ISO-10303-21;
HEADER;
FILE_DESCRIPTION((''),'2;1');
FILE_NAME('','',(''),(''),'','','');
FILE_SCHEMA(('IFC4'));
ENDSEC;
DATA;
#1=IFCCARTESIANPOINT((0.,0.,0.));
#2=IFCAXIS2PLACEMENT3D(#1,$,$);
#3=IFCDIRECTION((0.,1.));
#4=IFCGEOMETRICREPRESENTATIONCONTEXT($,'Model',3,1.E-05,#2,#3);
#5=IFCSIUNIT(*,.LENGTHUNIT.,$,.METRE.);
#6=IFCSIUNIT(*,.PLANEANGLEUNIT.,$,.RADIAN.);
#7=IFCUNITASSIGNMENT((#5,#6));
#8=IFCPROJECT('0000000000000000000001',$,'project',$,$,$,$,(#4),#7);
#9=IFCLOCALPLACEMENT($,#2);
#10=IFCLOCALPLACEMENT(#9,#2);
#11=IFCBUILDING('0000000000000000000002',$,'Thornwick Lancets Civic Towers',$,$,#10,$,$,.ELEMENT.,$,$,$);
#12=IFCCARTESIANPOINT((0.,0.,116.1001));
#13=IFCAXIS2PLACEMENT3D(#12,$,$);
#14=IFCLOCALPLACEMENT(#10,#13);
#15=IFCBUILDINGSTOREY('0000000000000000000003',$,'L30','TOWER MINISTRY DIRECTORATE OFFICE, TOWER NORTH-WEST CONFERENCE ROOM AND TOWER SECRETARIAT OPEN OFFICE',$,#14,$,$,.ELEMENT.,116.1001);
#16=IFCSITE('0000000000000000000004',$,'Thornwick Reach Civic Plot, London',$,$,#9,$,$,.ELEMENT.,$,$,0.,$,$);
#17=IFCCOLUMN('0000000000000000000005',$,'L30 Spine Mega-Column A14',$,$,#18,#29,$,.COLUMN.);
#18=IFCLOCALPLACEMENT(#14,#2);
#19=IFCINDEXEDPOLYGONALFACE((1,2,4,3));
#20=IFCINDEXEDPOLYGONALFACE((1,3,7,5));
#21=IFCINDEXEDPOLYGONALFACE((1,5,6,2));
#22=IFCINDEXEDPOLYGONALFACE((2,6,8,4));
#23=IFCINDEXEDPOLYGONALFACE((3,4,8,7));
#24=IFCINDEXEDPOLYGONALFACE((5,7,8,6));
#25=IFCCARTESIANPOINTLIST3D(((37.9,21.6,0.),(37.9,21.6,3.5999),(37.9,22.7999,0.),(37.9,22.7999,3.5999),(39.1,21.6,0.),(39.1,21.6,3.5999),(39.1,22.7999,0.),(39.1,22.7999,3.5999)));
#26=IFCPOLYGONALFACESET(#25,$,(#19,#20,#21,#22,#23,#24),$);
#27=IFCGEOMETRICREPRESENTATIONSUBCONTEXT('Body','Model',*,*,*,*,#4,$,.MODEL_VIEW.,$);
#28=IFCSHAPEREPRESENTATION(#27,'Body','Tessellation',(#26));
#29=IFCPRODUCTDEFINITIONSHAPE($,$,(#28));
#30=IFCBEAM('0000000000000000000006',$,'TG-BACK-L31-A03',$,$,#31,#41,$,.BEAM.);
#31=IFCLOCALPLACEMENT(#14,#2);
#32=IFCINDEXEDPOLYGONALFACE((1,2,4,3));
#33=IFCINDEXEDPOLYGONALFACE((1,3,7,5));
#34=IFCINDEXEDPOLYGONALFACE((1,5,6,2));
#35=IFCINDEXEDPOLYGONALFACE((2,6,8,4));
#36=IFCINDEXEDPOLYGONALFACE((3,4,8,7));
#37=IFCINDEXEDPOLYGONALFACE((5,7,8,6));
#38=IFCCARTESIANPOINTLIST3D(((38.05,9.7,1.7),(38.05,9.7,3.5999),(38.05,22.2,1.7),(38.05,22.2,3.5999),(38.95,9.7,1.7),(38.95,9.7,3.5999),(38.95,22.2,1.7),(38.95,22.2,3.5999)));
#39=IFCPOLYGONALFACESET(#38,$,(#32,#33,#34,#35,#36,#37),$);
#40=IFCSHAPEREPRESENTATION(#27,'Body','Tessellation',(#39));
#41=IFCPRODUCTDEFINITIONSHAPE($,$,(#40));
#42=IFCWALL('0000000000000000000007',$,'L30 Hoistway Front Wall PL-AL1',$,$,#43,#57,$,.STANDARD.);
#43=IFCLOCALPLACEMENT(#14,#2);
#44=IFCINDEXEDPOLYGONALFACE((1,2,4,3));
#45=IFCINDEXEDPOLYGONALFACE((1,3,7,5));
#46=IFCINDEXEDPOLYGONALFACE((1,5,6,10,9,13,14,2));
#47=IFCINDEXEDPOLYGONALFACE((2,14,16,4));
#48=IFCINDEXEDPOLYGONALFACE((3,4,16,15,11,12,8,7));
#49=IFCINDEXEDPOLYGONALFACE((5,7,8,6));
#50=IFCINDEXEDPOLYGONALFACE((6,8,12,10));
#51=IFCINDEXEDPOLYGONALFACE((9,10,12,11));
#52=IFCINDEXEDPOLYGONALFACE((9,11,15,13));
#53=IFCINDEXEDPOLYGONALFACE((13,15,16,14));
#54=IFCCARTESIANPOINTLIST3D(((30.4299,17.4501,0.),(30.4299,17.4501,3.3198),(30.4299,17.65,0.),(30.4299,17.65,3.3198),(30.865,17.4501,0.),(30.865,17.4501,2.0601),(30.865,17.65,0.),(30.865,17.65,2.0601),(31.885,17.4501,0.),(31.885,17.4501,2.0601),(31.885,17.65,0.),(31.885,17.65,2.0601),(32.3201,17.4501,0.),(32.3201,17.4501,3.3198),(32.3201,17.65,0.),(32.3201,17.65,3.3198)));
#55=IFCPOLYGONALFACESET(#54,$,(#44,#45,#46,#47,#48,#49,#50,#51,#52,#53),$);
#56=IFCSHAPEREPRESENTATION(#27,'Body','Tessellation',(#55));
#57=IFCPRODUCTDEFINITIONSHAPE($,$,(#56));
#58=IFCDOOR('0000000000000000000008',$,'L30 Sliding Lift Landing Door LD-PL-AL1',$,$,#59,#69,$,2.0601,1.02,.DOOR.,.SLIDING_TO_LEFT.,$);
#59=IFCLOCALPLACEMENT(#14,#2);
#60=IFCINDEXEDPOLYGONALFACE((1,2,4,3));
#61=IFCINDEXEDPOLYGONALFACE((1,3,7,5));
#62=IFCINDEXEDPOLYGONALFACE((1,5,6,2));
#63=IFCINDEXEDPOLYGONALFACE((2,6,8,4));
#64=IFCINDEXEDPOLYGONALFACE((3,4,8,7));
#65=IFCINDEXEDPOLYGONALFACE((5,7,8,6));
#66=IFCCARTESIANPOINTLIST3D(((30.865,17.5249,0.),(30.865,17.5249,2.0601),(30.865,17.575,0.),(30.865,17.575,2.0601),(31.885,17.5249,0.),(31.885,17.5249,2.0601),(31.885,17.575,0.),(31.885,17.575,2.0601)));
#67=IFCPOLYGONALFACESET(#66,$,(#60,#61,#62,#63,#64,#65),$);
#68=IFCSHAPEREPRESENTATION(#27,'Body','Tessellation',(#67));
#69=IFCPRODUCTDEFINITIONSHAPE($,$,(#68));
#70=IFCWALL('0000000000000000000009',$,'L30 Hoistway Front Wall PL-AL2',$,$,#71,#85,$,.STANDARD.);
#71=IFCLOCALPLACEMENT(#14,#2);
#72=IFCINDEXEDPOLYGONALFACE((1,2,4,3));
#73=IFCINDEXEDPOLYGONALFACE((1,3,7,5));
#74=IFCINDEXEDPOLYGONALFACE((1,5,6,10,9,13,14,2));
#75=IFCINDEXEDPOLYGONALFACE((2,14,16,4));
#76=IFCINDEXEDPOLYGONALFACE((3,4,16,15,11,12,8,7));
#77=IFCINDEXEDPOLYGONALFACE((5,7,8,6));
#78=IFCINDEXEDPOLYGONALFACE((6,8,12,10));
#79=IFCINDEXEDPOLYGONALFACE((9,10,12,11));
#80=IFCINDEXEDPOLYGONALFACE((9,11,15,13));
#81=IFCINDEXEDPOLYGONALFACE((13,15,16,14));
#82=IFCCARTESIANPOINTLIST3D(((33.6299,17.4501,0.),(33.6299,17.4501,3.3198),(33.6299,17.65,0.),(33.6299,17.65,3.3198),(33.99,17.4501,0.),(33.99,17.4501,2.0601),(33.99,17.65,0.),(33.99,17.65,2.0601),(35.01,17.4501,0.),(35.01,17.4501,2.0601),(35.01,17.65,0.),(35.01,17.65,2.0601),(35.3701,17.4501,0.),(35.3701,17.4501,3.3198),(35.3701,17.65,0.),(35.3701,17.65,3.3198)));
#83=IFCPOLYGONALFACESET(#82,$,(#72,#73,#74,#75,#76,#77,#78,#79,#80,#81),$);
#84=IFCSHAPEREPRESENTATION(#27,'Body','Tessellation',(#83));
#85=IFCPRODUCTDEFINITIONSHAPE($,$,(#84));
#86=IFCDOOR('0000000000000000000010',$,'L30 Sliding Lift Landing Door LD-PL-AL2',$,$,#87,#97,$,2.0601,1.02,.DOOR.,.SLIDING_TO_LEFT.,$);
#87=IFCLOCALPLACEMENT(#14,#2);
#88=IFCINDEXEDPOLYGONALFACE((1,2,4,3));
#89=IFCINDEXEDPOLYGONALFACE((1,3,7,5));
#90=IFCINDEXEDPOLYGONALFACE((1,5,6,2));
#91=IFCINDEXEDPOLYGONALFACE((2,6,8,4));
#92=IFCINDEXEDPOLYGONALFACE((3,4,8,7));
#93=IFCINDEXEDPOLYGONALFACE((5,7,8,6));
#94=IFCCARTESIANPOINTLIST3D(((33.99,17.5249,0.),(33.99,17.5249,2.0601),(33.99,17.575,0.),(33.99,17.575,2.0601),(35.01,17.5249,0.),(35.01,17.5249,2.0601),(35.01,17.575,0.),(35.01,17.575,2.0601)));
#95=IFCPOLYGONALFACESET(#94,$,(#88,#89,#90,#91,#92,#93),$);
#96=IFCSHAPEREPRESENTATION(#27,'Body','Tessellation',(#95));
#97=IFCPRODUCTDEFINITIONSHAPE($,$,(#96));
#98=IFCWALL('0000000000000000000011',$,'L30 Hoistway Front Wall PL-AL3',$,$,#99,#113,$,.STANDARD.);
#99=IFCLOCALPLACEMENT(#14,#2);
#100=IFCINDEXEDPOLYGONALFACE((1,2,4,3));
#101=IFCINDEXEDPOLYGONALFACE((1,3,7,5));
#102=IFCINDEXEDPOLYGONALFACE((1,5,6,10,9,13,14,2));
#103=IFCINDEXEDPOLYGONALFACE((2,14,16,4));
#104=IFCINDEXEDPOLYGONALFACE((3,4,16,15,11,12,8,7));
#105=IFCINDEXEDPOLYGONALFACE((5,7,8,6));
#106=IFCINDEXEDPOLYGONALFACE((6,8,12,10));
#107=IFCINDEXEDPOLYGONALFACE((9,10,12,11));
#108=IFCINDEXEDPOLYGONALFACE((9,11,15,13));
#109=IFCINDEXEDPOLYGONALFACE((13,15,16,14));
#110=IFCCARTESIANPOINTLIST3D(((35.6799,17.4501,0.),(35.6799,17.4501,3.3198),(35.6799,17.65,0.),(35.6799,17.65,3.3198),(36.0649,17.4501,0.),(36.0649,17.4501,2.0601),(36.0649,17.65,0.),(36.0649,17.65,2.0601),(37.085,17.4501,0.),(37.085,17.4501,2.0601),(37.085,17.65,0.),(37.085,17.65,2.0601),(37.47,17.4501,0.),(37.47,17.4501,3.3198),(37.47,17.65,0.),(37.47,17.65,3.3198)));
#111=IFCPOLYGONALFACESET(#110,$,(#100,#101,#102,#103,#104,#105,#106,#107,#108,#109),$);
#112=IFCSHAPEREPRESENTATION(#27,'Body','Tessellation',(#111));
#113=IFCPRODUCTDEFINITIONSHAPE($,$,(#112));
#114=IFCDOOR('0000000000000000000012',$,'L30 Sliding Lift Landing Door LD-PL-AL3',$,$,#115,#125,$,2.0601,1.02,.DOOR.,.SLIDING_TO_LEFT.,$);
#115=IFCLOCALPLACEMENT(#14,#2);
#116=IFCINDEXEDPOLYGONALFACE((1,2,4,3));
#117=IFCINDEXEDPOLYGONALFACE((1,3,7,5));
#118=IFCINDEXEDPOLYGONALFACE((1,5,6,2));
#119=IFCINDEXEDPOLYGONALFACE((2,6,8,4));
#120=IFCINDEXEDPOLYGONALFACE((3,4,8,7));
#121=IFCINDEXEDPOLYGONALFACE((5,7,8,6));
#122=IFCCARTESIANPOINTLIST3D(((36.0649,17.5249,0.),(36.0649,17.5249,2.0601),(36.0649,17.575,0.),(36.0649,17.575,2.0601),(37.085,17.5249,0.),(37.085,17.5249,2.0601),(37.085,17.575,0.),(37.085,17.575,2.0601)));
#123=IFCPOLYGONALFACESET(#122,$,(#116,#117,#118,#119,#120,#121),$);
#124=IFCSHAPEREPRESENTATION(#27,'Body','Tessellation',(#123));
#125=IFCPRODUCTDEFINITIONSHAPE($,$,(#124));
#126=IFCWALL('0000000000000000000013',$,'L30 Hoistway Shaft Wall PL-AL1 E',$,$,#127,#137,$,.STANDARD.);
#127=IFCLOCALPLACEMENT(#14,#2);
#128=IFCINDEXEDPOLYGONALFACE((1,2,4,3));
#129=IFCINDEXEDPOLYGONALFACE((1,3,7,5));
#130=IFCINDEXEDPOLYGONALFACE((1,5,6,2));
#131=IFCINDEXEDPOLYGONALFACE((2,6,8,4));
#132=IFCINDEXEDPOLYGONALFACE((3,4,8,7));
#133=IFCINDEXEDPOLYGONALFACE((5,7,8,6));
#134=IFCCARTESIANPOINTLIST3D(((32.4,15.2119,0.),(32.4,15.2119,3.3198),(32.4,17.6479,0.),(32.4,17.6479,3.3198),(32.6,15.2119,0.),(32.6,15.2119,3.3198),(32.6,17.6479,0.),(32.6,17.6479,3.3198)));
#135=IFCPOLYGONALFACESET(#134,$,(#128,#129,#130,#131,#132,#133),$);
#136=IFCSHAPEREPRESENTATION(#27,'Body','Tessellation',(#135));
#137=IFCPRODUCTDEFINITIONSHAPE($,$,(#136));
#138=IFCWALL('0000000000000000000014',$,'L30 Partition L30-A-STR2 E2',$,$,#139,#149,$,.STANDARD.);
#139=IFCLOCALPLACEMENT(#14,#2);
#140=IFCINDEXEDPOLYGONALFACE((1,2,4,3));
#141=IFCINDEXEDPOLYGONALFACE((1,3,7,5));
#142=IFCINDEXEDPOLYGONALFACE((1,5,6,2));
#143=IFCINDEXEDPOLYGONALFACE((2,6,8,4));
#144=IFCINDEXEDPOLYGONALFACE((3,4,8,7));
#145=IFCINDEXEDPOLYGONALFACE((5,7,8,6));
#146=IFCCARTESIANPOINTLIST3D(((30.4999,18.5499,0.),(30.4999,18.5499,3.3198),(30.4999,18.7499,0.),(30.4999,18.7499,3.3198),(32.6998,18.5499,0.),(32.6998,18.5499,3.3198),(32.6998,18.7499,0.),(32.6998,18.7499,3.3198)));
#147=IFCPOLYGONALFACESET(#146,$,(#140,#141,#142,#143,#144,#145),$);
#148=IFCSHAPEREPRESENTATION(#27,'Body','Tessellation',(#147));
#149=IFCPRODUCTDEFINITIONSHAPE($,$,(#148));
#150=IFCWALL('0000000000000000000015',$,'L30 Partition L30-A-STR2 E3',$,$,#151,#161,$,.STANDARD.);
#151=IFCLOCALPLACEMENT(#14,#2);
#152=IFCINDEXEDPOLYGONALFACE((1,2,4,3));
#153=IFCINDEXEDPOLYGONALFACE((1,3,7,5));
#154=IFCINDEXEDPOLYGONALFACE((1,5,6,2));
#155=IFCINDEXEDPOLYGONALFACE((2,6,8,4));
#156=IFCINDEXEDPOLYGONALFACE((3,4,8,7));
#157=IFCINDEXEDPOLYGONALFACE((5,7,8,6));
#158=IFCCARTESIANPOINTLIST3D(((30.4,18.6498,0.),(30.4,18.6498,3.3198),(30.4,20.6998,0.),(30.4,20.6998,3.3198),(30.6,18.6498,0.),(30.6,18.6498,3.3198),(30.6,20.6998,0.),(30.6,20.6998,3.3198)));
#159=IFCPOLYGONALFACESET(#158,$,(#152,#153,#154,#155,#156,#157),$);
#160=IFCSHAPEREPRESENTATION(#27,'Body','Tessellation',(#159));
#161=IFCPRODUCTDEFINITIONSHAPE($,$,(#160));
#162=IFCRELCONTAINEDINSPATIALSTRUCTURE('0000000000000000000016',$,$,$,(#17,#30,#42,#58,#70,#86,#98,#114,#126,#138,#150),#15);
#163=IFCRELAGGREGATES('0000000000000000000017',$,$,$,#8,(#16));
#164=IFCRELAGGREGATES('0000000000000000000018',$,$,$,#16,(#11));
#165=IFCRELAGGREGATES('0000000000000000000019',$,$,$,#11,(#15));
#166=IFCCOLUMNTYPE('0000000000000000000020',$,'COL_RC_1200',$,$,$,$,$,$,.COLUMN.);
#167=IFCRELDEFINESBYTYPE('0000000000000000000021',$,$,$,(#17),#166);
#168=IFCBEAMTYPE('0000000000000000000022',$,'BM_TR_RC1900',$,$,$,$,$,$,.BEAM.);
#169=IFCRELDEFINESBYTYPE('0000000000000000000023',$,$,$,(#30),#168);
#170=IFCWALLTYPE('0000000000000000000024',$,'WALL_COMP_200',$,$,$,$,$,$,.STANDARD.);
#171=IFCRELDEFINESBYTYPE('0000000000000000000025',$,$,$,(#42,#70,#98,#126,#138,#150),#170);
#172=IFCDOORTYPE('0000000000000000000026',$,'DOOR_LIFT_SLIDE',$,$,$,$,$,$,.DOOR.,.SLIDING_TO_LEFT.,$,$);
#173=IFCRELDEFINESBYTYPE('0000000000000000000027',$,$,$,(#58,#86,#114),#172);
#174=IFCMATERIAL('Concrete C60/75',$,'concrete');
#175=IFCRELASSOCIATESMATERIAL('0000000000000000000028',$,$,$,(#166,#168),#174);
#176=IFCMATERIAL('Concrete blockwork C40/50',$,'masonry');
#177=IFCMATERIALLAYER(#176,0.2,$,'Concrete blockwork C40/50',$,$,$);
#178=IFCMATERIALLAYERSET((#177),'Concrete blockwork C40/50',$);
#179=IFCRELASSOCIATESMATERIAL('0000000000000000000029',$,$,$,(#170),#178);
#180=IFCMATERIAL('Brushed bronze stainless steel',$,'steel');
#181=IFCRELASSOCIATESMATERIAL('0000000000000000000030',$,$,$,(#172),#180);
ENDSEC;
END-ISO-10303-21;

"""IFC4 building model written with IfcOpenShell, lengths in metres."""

from ifc_helpers import new_model, si_unit, direction, frame, frame_2d, origin, origin_2d, place, context, subcontext, project, spatial, rectangle, extrude, material, layer, layer_set, material_profile, profile_set, type_object, element, fill, save


model = new_model("IFC4")

# Units and contexts
model_context = context("Model", 3, precision=1e-05, world=origin(), true_north=direction((0.0, 1.0)))
body_context = subcontext(model_context, "Body", "Model", "MODEL_VIEW")
ifc_project = project(units=[si_unit("LENGTHUNIT", "METRE"), si_unit("PLANEANGLEUNIT", "RADIAN")], contexts=[model_context])

# Site, building, storey
site_placement = place(None, origin())
site = spatial("IfcSite", under=ifc_project, at=site_placement, Name="Thornwick Reach Civic Plot, London", CompositionType="ELEMENT", RefElevation=0.0)
building_placement = place(site_placement, origin())
building = spatial("IfcBuilding", under=site, at=building_placement, Name="Thornwick Lancets Civic Towers", CompositionType="ELEMENT")
storey_placement = place(building_placement, frame((0.0, 0.0, 116.1001)))
storey = spatial("IfcBuildingStorey", under=building, at=storey_placement, Name="L30", Description="TOWER MINISTRY DIRECTORATE OFFICE, TOWER NORTH-WEST CONFERENCE ROOM AND TOWER SECRETARIAT OPEN OFFICE", CompositionType="ELEMENT", Elevation=116.1001)

# Column
ifc_material_1 = material(Name="Concrete C60/75", Category="concrete")
ifc_material_profile_1 = material_profile(ifc_material_1, rectangle(XDim=1.2, YDim=1.2, at=origin_2d()), Name="RC 1200x1200")
ifc_profile_set_1 = profile_set([ifc_material_profile_1], Name="Concrete C60/75")
column_type = type_object("IfcColumnType", Name="COL_RC_1200", PredefinedType="COLUMN", material=ifc_profile_set_1)
column_placement = place(storey_placement, frame((38.5, 22.2, 0.0), z_axis=(0.0, 0.0, 1.0), x_axis=(1.0, 0.0, 0.0)))
element("IfcColumn", 1, at=column_placement, inside=storey, type_object=column_type, Name="L30 Spine Mega-Column A14", PredefinedType="COLUMN", context=body_context, shape_type="SweptSolid", body=[
    extrude(rectangle(XDim=1.2, YDim=1.2, at=origin_2d()), origin(), (0.0, 0.0, 1.0), 3.5999),
])

# Beam
ifc_material_profile_2 = material_profile(ifc_material_1, rectangle(XDim=0.8999, YDim=1.8999, at=origin_2d()), Name="RC 900x1900")
ifc_profile_set_2 = profile_set([ifc_material_profile_2], Name="Concrete C60/75")
beam_type = type_object("IfcBeamType", Name="BM_TR_RC1900", PredefinedType="BEAM", material=ifc_profile_set_2)
beam_placement = place(storey_placement, frame((38.5, 22.2, 2.6499), z_axis=(0.0, -1.0, 0.0), x_axis=(1.0, 0.0, 0.0)))
element("IfcBeam", 2, at=beam_placement, inside=storey, type_object=beam_type, Name="TG-BACK-L31-A03", PredefinedType="BEAM", context=body_context, shape_type="SweptSolid", body=[
    extrude(rectangle(XDim=0.8999, YDim=1.8999, at=origin_2d()), origin(), (0.0, 0.0, 1.0), 12.5),
])

# Walls, openings, doors
ifc_material_2 = material(Name="Concrete blockwork C40/50", Category="masonry")
ifc_layer_1 = layer(ifc_material_2, 0.2, Name="Concrete blockwork C40/50")
ifc_layer_set_1 = layer_set([ifc_layer_1], Name="Concrete blockwork C40/50")
wall_type_1 = type_object("IfcWallType", Name="WALL_COMP_200", PredefinedType="STANDARD", material=ifc_layer_set_1)
wall_1_placement = place(storey_placement, frame((30.4299, 17.55, 0.0), z_axis=(0.0, 0.0, 1.0), x_axis=(1.0, 0.0, 0.0)))
wall_1 = element("IfcWall", 3, at=wall_1_placement, inside=storey, type_object=wall_type_1, Name="L30 Hoistway Front Wall PL-AL1", PredefinedType="STANDARD", context=body_context, shape_type="SweptSolid", body=[
    extrude(rectangle(XDim=1.8901, YDim=0.2, at=frame_2d((0.9451, 0.0))), origin(), (0.0, 0.0, 1.0), 3.3198),
])
opening_1_placement = place(wall_1_placement, frame((0.4351, 0.0, 0.0)))
opening_1 = element("IfcOpeningElement", 4, at=opening_1_placement, cuts=wall_1, PredefinedType="OPENING", context=body_context, shape_type="SweptSolid", body=[
    extrude(rectangle(XDim=1.02, YDim=2.0601, at=frame_2d((0.51, 1.03))), frame((0.0, 0.1099, 0.0), z_axis=(0.0, -1.0, 0.0), x_axis=(1.0, 0.0, 0.0)), (0.0, 0.0, 1.0), 0.22),
])
ifc_material_3 = material(Name="Brushed bronze stainless steel", Category="steel")
door_type_1 = type_object("IfcDoorType", Name="DOOR_LIFT_SLIDE", OperationType="SLIDING_TO_LEFT", PredefinedType="DOOR", material=ifc_material_3)
door_1_placement = place(opening_1_placement, origin())
door_1 = element("IfcDoor", 5, at=door_1_placement, inside=storey, type_object=door_type_1, Name="L30 Sliding Lift Landing Door LD-PL-AL1", OperationType="SLIDING_TO_LEFT", OverallHeight=2.0601, OverallWidth=1.02, PredefinedType="DOOR", context=body_context, shape_type="SweptSolid", body=[
    extrude(rectangle(XDim=1.02, YDim=2.0601, at=frame_2d((0.51, 1.03))), frame((0.0, 0.0249, 0.0), z_axis=(0.0, -1.0, 0.0), x_axis=(1.0, 0.0, 0.0)), (0.0, 0.0, 1.0), 0.05),
])
fill(opening_1, door_1)
wall_2_placement = place(storey_placement, frame((33.6299, 17.55, 0.0), z_axis=(0.0, 0.0, 1.0), x_axis=(1.0, 0.0, 0.0)))
wall_2 = element("IfcWall", 6, at=wall_2_placement, inside=storey, type_object=wall_type_1, Name="L30 Hoistway Front Wall PL-AL2", PredefinedType="STANDARD", context=body_context, shape_type="SweptSolid", body=[
    extrude(rectangle(XDim=1.7402, YDim=0.2, at=frame_2d((0.8701, 0.0))), origin(), (0.0, 0.0, 1.0), 3.3198),
])
opening_2_placement = place(wall_2_placement, frame((0.3601, 0.0, 0.0)))
opening_2 = element("IfcOpeningElement", 7, at=opening_2_placement, cuts=wall_2, PredefinedType="OPENING", context=body_context, shape_type="SweptSolid", body=[
    extrude(rectangle(XDim=1.02, YDim=2.0601, at=frame_2d((0.51, 1.03))), frame((0.0, 0.1099, 0.0), z_axis=(0.0, -1.0, 0.0), x_axis=(1.0, 0.0, 0.0)), (0.0, 0.0, 1.0), 0.22),
])
door_2_placement = place(opening_2_placement, origin())
door_2 = element("IfcDoor", 8, at=door_2_placement, inside=storey, type_object=door_type_1, Name="L30 Sliding Lift Landing Door LD-PL-AL2", OperationType="SLIDING_TO_LEFT", OverallHeight=2.0601, OverallWidth=1.02, PredefinedType="DOOR", context=body_context, shape_type="SweptSolid", body=[
    extrude(rectangle(XDim=1.02, YDim=2.0601, at=frame_2d((0.51, 1.03))), frame((0.0, 0.0249, 0.0), z_axis=(0.0, -1.0, 0.0), x_axis=(1.0, 0.0, 0.0)), (0.0, 0.0, 1.0), 0.05),
])
fill(opening_2, door_2)
wall_3_placement = place(storey_placement, frame((35.6799, 17.55, 0.0), z_axis=(0.0, 0.0, 1.0), x_axis=(1.0, 0.0, 0.0)))
wall_3 = element("IfcWall", 9, at=wall_3_placement, inside=storey, type_object=wall_type_1, Name="L30 Hoistway Front Wall PL-AL3", PredefinedType="STANDARD", context=body_context, shape_type="SweptSolid", body=[
    extrude(rectangle(XDim=1.79, YDim=0.2, at=frame_2d((0.895, 0.0))), origin(), (0.0, 0.0, 1.0), 3.3198),
])
opening_3_placement = place(wall_3_placement, frame((0.385, 0.0, 0.0)))
opening_3 = element("IfcOpeningElement", 10, at=opening_3_placement, cuts=wall_3, PredefinedType="OPENING", context=body_context, shape_type="SweptSolid", body=[
    extrude(rectangle(XDim=1.02, YDim=2.0601, at=frame_2d((0.51, 1.03))), frame((0.0, 0.1099, 0.0), z_axis=(0.0, -1.0, 0.0), x_axis=(1.0, 0.0, 0.0)), (0.0, 0.0, 1.0), 0.22),
])
door_3_placement = place(opening_3_placement, origin())
door_3 = element("IfcDoor", 11, at=door_3_placement, inside=storey, type_object=door_type_1, Name="L30 Sliding Lift Landing Door LD-PL-AL3", OperationType="SLIDING_TO_LEFT", OverallHeight=2.0601, OverallWidth=1.02, PredefinedType="DOOR", context=body_context, shape_type="SweptSolid", body=[
    extrude(rectangle(XDim=1.02, YDim=2.0601, at=frame_2d((0.51, 1.03))), frame((0.0, 0.0249, 0.0), z_axis=(0.0, -1.0, 0.0), x_axis=(1.0, 0.0, 0.0)), (0.0, 0.0, 1.0), 0.05),
])
fill(opening_3, door_3)

# Walls
wall_4_placement = place(storey_placement, frame((32.5, 15.2119, 0.0), z_axis=(0.0, 0.0, 1.0), x_axis=(0.0, 1.0, 0.0)))
element("IfcWall", 12, at=wall_4_placement, inside=storey, type_object=wall_type_1, Name="L30 Hoistway Shaft Wall PL-AL1 E", PredefinedType="STANDARD", context=body_context, shape_type="SweptSolid", body=[
    extrude(rectangle(XDim=2.436, YDim=0.2, at=frame_2d((1.218, 0.0))), origin(), (0.0, 0.0, 1.0), 3.3198),
])
wall_5_placement = place(storey_placement, frame((32.7, 18.6499, 0.0), z_axis=(0.0, 0.0, 1.0), x_axis=(-1.0, 0.0, 0.0)))
element("IfcWall", 13, at=wall_5_placement, inside=storey, type_object=wall_type_1, Name="L30 Partition L30-A-STR2 E2", PredefinedType="STANDARD", context=body_context, shape_type="SweptSolid", body=[
    extrude(rectangle(XDim=2.2, YDim=0.2, at=frame_2d((1.1001, 0.0))), origin(), (0.0, 0.0, 1.0), 3.3198),
])
wall_6_placement = place(storey_placement, frame((30.5, 18.6499, 0.0), z_axis=(0.0, 0.0, 1.0), x_axis=(0.0, 1.0, 0.0)))
element("IfcWall", 14, at=wall_6_placement, inside=storey, type_object=wall_type_1, Name="L30 Partition L30-A-STR2 E3", PredefinedType="STANDARD", context=body_context, shape_type="SweptSolid", body=[
    extrude(rectangle(XDim=2.05, YDim=0.2, at=frame_2d((1.0249, 0.0))), origin(), (0.0, 0.0, 1.0), 3.3198),
])

save(model, "model.ifc")
